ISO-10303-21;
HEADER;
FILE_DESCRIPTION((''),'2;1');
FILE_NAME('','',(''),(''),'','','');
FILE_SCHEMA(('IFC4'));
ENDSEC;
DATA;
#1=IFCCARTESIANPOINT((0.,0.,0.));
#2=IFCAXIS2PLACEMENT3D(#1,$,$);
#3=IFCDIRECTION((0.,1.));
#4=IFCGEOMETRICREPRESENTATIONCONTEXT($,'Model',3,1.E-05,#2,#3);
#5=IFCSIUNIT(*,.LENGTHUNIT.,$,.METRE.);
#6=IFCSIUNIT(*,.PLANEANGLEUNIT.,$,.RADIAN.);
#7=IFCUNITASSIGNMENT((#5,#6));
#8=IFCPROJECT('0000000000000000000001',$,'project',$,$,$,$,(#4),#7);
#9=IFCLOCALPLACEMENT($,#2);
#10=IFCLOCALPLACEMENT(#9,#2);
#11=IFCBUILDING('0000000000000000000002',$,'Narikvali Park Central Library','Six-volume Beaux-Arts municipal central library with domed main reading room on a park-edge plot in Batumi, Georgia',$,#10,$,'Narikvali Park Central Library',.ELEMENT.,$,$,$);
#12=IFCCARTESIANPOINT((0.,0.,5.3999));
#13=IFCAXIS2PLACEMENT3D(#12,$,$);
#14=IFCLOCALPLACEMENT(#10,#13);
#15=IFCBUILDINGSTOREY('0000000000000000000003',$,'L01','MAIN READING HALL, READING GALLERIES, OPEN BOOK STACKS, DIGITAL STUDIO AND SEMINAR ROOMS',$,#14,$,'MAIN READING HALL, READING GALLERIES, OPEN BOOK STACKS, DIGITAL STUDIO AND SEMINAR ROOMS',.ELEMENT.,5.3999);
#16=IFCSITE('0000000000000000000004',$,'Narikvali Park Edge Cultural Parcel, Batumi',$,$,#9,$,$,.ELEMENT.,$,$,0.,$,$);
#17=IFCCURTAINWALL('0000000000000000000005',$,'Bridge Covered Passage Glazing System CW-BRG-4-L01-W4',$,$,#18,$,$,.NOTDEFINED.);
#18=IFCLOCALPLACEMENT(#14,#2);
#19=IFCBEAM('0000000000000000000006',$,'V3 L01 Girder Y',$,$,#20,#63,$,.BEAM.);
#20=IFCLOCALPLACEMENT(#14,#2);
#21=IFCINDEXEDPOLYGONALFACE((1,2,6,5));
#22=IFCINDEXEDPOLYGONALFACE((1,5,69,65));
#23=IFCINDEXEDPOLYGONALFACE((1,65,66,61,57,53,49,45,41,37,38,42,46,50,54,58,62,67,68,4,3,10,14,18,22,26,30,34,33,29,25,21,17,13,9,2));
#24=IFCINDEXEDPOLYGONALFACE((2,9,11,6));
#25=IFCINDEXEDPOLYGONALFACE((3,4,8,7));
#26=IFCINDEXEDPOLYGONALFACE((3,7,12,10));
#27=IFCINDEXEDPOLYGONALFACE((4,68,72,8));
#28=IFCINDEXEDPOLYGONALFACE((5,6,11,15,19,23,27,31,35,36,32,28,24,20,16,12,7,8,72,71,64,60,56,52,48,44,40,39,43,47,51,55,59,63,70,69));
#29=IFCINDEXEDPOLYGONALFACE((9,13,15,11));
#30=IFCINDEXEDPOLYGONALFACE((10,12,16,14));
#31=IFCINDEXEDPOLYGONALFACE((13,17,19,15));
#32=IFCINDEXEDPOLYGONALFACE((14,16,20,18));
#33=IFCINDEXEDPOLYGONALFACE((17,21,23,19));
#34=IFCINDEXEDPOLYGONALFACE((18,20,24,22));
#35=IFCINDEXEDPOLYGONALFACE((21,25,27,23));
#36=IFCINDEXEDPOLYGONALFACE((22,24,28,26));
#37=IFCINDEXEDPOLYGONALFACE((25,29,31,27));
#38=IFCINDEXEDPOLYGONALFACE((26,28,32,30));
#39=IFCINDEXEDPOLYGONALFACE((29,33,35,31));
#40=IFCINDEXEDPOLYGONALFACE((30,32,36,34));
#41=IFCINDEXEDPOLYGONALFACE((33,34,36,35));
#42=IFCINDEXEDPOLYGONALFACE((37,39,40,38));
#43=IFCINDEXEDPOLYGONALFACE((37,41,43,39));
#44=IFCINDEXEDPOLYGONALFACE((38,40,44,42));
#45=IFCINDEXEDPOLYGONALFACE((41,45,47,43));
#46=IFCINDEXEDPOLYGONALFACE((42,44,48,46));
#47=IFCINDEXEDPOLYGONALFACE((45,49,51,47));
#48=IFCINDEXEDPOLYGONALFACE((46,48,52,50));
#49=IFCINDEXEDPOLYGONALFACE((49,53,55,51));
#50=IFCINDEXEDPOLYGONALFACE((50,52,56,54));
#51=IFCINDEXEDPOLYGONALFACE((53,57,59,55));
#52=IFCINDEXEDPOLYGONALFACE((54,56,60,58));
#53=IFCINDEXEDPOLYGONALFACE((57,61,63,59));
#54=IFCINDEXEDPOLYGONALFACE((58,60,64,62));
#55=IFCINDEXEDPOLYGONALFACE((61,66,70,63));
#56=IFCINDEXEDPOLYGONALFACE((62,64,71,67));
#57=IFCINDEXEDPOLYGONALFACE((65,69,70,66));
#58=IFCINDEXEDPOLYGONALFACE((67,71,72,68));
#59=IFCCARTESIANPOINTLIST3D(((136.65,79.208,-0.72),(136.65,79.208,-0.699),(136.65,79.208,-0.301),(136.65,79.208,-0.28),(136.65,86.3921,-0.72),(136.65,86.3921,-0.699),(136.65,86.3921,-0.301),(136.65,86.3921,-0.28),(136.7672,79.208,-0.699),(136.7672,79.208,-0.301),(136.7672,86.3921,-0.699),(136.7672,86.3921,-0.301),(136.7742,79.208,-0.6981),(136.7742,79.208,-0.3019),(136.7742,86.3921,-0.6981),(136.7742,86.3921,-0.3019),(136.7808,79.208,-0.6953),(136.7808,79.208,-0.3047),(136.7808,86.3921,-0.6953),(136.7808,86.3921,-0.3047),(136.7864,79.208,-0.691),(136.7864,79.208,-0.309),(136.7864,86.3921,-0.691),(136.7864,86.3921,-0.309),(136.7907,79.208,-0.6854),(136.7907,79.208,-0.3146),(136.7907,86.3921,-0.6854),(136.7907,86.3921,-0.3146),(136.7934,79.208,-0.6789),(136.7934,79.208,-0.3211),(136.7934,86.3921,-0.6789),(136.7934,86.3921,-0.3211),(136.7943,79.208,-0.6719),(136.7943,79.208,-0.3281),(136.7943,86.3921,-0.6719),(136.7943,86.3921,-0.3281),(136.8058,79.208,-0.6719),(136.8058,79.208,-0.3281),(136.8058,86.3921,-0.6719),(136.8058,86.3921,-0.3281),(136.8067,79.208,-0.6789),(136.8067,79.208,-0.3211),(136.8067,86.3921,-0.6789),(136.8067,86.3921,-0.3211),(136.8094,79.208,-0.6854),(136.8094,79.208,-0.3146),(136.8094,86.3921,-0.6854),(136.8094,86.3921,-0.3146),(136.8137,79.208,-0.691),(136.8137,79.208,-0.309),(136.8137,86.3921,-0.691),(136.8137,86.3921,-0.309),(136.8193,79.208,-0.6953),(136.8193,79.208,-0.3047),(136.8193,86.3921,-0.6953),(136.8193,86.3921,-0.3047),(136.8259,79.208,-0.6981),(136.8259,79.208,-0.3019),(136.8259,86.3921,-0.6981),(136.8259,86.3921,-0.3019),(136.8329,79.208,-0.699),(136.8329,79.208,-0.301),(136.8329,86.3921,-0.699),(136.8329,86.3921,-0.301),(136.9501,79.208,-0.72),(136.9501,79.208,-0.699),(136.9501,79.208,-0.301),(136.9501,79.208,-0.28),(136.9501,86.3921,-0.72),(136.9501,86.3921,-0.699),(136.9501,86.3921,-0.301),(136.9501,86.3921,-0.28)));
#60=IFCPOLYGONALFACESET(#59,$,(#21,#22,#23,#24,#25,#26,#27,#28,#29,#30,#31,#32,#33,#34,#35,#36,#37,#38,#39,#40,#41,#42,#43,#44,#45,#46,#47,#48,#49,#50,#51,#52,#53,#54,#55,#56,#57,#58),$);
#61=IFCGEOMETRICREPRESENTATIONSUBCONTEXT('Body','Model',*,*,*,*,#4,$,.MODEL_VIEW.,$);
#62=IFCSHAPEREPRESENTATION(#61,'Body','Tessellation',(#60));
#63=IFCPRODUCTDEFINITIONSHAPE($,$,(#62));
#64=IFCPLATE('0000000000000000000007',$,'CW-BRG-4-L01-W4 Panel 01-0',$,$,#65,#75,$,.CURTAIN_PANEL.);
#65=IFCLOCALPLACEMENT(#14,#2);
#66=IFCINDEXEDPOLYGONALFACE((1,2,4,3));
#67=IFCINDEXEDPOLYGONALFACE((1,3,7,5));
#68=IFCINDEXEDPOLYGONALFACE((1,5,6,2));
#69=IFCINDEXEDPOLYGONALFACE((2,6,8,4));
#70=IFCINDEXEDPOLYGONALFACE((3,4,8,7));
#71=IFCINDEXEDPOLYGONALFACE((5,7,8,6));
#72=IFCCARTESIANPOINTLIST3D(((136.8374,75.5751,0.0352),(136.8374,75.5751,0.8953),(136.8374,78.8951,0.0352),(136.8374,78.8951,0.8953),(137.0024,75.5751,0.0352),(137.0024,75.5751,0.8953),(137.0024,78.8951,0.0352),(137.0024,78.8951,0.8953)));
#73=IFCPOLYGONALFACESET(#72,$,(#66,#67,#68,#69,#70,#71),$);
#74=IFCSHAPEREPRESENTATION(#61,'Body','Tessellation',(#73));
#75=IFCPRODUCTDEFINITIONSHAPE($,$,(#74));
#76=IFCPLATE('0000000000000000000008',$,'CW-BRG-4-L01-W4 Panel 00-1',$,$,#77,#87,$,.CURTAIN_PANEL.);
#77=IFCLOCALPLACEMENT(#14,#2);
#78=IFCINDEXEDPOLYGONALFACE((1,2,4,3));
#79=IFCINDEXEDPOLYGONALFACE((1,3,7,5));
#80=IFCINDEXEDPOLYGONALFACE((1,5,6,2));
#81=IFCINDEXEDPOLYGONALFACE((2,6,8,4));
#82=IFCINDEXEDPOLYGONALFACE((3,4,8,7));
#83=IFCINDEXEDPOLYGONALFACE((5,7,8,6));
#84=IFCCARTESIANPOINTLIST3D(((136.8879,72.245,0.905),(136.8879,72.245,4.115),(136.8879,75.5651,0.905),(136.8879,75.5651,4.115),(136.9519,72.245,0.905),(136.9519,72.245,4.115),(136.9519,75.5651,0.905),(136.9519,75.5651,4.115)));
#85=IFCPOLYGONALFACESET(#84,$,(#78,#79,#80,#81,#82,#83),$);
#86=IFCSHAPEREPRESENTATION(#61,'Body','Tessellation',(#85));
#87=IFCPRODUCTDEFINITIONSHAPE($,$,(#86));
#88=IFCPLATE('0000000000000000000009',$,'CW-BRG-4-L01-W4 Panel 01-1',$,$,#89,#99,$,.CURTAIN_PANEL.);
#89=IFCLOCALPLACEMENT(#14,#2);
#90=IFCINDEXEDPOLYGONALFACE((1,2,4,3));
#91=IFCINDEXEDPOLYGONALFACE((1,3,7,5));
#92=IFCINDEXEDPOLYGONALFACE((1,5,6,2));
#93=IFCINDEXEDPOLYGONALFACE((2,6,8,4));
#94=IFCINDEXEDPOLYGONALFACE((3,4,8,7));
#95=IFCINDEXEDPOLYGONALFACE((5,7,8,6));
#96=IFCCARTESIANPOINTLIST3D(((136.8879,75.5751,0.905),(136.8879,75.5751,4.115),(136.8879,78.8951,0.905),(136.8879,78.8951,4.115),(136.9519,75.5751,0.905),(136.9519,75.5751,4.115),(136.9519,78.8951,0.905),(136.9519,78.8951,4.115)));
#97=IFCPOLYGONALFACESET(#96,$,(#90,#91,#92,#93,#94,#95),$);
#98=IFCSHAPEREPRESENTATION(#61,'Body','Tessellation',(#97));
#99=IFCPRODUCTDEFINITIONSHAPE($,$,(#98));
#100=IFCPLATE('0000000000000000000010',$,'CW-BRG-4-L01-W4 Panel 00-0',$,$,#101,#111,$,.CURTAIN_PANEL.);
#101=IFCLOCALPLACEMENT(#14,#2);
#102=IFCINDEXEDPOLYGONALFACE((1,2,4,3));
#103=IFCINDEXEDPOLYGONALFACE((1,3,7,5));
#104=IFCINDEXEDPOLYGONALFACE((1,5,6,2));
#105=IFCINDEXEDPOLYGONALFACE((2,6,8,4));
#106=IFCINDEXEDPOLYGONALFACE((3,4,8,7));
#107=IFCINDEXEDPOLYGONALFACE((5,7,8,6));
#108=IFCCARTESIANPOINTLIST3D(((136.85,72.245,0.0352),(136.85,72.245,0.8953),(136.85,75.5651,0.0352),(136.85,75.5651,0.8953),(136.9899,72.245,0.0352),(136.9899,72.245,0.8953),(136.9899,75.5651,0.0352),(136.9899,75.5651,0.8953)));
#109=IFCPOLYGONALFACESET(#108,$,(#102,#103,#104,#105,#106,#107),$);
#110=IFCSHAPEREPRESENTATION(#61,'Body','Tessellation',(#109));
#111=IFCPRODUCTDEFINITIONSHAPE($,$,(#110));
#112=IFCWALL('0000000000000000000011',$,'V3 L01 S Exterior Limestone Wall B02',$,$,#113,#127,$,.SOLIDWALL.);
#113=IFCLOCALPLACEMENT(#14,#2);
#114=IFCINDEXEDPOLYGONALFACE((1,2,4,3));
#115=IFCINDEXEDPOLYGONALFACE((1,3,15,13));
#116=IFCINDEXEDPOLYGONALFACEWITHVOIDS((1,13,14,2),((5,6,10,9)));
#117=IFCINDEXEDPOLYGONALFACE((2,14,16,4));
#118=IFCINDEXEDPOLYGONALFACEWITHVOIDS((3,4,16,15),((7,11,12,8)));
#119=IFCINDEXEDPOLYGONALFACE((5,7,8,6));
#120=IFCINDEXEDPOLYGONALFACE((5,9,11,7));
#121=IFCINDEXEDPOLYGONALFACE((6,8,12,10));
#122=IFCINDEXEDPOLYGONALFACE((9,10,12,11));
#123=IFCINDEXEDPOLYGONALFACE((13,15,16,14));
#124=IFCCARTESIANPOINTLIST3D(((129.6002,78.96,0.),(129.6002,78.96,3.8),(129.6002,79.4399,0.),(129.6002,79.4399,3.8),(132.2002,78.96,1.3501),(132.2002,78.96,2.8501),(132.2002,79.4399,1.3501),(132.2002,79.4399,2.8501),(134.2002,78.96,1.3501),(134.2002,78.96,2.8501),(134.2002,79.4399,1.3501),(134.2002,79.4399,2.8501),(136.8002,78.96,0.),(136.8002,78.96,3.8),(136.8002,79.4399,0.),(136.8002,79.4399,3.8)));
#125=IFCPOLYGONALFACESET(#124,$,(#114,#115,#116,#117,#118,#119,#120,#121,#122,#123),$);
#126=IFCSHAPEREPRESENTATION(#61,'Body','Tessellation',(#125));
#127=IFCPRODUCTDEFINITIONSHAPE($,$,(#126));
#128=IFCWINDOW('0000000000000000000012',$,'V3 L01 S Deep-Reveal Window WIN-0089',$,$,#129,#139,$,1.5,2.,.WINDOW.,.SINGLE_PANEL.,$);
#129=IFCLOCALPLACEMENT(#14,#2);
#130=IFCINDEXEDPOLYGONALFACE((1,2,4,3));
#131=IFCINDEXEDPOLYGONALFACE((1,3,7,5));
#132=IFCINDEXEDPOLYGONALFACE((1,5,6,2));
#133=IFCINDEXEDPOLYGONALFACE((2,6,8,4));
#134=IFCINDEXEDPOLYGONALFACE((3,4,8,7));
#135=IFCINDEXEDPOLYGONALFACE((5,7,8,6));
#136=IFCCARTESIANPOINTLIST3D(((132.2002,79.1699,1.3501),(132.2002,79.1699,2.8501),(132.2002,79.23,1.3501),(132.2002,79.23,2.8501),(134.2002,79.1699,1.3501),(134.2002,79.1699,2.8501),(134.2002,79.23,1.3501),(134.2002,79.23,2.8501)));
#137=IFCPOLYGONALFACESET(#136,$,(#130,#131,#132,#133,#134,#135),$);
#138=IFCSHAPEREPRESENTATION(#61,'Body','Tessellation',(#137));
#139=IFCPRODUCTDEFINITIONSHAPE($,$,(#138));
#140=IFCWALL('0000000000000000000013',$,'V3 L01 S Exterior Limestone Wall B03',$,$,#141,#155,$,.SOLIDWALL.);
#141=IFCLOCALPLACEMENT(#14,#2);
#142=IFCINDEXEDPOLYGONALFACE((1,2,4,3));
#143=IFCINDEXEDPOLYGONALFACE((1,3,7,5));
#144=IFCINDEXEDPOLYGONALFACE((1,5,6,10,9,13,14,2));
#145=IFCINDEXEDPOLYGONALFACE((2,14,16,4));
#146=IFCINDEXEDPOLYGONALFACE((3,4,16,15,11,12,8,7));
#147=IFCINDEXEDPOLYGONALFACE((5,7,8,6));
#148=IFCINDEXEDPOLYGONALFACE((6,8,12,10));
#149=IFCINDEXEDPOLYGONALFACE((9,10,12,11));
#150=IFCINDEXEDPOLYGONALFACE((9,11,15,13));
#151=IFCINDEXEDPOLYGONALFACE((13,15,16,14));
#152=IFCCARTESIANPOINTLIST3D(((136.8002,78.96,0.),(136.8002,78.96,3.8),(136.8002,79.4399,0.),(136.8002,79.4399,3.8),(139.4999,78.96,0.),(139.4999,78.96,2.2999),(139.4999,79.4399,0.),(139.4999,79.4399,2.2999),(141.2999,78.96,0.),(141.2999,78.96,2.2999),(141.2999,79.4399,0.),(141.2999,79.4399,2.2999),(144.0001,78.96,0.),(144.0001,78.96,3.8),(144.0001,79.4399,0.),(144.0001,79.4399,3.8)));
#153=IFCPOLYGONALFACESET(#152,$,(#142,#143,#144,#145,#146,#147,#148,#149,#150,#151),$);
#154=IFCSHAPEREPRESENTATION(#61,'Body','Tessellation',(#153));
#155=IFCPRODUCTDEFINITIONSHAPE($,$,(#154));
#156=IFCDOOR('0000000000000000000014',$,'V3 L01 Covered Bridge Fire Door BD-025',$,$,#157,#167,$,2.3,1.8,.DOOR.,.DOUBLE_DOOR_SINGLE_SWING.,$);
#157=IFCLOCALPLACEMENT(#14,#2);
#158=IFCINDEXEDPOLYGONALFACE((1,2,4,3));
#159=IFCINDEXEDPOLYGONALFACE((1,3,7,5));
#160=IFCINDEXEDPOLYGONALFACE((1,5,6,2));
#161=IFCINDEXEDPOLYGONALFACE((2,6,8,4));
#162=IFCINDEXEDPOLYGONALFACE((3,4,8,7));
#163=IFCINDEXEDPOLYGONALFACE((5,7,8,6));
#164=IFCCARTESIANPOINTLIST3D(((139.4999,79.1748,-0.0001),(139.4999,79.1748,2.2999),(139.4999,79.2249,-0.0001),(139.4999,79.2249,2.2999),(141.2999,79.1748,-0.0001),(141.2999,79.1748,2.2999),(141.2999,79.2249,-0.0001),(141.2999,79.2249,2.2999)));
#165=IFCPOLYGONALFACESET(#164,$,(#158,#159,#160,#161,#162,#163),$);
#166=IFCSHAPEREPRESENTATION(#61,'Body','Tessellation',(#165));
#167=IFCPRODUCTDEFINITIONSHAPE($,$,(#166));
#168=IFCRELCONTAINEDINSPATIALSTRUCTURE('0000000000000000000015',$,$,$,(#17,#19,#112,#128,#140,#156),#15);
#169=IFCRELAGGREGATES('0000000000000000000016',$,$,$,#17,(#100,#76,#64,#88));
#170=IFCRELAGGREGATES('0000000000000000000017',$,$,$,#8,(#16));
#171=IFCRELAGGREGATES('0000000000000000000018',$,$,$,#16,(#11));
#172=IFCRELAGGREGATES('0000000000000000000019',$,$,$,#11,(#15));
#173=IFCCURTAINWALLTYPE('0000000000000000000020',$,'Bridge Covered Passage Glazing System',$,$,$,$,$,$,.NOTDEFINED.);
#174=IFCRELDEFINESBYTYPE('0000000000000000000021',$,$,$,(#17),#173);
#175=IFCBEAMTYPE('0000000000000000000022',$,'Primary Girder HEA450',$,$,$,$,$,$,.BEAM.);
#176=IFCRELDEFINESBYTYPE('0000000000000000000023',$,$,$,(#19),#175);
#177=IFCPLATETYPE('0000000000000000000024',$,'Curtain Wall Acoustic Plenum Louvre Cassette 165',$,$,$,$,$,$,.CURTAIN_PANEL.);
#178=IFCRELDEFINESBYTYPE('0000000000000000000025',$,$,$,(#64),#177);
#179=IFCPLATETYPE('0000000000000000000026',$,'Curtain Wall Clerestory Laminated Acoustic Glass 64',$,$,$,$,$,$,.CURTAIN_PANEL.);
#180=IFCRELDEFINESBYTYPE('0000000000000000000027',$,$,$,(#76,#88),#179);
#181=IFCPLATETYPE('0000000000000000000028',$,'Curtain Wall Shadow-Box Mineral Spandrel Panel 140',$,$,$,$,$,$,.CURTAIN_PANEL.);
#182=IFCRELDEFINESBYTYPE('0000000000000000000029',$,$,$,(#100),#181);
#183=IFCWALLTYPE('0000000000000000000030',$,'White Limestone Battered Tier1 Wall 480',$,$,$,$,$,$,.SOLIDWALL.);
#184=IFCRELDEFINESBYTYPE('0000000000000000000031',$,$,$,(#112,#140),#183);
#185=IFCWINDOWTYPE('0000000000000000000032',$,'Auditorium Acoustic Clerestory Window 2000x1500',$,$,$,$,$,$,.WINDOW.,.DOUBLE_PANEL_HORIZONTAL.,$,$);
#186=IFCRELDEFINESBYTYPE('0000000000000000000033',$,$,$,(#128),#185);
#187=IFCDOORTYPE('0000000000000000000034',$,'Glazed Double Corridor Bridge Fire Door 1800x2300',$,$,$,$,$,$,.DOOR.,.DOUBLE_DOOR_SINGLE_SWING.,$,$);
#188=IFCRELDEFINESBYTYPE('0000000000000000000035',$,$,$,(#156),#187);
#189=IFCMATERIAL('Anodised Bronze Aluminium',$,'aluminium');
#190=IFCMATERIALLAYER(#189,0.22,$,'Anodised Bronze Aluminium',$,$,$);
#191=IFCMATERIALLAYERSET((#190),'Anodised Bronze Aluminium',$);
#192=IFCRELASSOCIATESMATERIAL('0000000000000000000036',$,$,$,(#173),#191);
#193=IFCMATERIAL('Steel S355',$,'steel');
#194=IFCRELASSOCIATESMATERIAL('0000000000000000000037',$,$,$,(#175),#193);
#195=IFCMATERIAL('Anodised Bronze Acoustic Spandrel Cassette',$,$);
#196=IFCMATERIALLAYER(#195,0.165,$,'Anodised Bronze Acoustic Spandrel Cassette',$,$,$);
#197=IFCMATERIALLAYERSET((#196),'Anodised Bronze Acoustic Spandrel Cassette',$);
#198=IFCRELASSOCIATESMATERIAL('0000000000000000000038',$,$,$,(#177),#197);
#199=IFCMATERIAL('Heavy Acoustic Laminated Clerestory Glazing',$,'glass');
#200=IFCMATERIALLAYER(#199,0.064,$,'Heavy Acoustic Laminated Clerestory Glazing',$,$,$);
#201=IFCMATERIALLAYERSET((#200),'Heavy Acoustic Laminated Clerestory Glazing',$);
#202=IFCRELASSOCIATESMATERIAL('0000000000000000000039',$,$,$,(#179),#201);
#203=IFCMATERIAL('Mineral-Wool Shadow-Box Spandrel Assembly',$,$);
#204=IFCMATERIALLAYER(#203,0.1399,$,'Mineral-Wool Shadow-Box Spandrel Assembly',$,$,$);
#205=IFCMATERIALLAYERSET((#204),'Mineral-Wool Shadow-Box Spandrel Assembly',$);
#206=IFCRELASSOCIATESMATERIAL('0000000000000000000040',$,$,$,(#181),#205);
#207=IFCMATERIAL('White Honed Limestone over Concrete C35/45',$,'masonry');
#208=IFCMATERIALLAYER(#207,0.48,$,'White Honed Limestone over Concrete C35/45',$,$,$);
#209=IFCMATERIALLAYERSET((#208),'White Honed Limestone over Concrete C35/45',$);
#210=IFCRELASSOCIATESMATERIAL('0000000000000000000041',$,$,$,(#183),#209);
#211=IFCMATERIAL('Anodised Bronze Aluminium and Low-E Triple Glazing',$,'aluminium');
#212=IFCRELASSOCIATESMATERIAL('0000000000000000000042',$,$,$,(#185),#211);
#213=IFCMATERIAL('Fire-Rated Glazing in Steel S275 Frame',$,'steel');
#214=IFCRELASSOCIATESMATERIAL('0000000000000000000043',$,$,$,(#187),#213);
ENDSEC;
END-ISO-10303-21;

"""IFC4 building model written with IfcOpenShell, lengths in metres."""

from ifc_helpers import new_model, si_unit, direction, frame, frame_2d, origin, origin_2d, place, context, subcontext, project, spatial, rectangle, i_section, extrude, material, layer, layer_set, material_profile, profile_set, type_object, element, fill, aggregate, save


model = new_model("IFC4")

# Units and contexts
model_context = context("Model", 3, precision=1e-05, world=origin(), true_north=direction((0.0, 1.0)))
body_context = subcontext(model_context, "Body", "Model", "MODEL_VIEW")
ifc_project = project(units=[si_unit("LENGTHUNIT", "METRE"), si_unit("PLANEANGLEUNIT", "RADIAN")], contexts=[model_context])

# Site, building, storey
site_placement = place(None, origin())
site = spatial("IfcSite", under=ifc_project, at=site_placement, Name="Narikvali Park Edge Cultural Parcel, Batumi", CompositionType="ELEMENT", RefElevation=0.0)
building_placement = place(site_placement, origin())
building = spatial("IfcBuilding", under=site, at=building_placement, Name="Narikvali Park Central Library", Description="Six-volume Beaux-Arts municipal central library with domed main reading room on a park-edge plot in Batumi, Georgia", LongName="Narikvali Park Central Library", CompositionType="ELEMENT")
storey_placement = place(building_placement, frame((0.0, 0.0, 5.3999)))
storey = spatial("IfcBuildingStorey", under=building, at=storey_placement, Name="L01", Description="MAIN READING HALL, READING GALLERIES, OPEN BOOK STACKS, DIGITAL STUDIO AND SEMINAR ROOMS", LongName="MAIN READING HALL, READING GALLERIES, OPEN BOOK STACKS, DIGITAL STUDIO AND SEMINAR ROOMS", CompositionType="ELEMENT", Elevation=5.3999)

# Shared definitions
ifc_material_1 = material(Name="Steel S355", Category="steel")

# Curtain wall
ifc_material_2 = material(Name="Anodised Bronze Aluminium", Category="aluminium")
ifc_layer_1 = layer(ifc_material_2, 0.22, Name="Anodised Bronze Aluminium")
ifc_layer_set_1 = layer_set([ifc_layer_1], Name="Anodised Bronze Aluminium")
curtain_wall_type = type_object("IfcCurtainWallType", Name="Bridge Covered Passage Glazing System", PredefinedType="NOTDEFINED", material=ifc_layer_set_1)
curtain_wall_placement = place(storey_placement, origin())
curtain_wall = element("IfcCurtainWall", 1, at=curtain_wall_placement, inside=storey, type_object=curtain_wall_type, Name="Bridge Covered Passage Glazing System CW-BRG-4-L01-W4", PredefinedType="NOTDEFINED")

# Beam
ifc_material_profile_1 = material_profile(ifc_material_1, i_section(OverallWidth=0.3, OverallDepth=0.4399, WebThickness=0.0115, FlangeThickness=0.021, FilletRadius=0.0271, at=origin_2d()), Name="HEA 450")
ifc_profile_set_1 = profile_set([ifc_material_profile_1], Name="Steel S355")
beam_type_1 = type_object("IfcBeamType", Name="Primary Girder HEA450", PredefinedType="BEAM", material=ifc_profile_set_1)
for number, where, z_axis, x_axis, name in (
    (2, (136.8, 79.208, -0.5), (0.0, 1.0, 0.0), (-1.0, 0.0, 0.0), "V3 L01 Girder Y"),
):
    element("IfcBeam", number, at=place(storey_placement, frame(where, z_axis=z_axis, x_axis=x_axis)), inside=storey, type_object=beam_type_1, Name=name, PredefinedType="BEAM", context=body_context, shape_type="SweptSolid", body=[
        extrude(i_section(OverallWidth=0.3, OverallDepth=0.4399, WebThickness=0.0115, FlangeThickness=0.021, FilletRadius=0.0271, at=origin_2d()), origin(), (0.0, 0.0, 1.0), 7.1841),
    ])

# Plates
ifc_material_3 = material(Name="Anodised Bronze Acoustic Spandrel Cassette")
ifc_layer_2 = layer(ifc_material_3, 0.165, Name="Anodised Bronze Acoustic Spandrel Cassette")
ifc_layer_set_2 = layer_set([ifc_layer_2], Name="Anodised Bronze Acoustic Spandrel Cassette")
plate_type_1 = type_object("IfcPlateType", Name="Curtain Wall Acoustic Plenum Louvre Cassette 165", PredefinedType="CURTAIN_PANEL", material=ifc_layer_set_2)
plate_1_placement = place(storey_placement, frame((136.9199, 77.2351, 0.0352), z_axis=(0.0, 0.0, 1.0), x_axis=(0.0, 1.0, 0.0)))
plate_1 = element("IfcPlate", 3, at=plate_1_placement, type_object=plate_type_1, Name="CW-BRG-4-L01-W4 Panel 01-0", PredefinedType="CURTAIN_PANEL", context=body_context, shape_type="SweptSolid", body=[
    extrude(rectangle(XDim=3.3201, YDim=0.165, at=origin_2d()), origin(), (0.0, 0.0, 1.0), 0.8601),
])
ifc_material_4 = material(Name="Heavy Acoustic Laminated Clerestory Glazing", Category="glass")
ifc_layer_3 = layer(ifc_material_4, 0.064, Name="Heavy Acoustic Laminated Clerestory Glazing")
ifc_layer_set_3 = layer_set([ifc_layer_3], Name="Heavy Acoustic Laminated Clerestory Glazing")
plate_type_2 = type_object("IfcPlateType", Name="Curtain Wall Clerestory Laminated Acoustic Glass 64", PredefinedType="CURTAIN_PANEL", material=ifc_layer_set_3)
plate_2_placement = place(storey_placement, frame((136.9199, 73.905, 0.905), z_axis=(0.0, 0.0, 1.0), x_axis=(0.0, 1.0, 0.0)))
plate_2 = element("IfcPlate", 4, at=plate_2_placement, type_object=plate_type_2, Name="CW-BRG-4-L01-W4 Panel 00-1", PredefinedType="CURTAIN_PANEL", context=body_context, shape_type="SweptSolid", body=[
    extrude(rectangle(XDim=3.3201, YDim=0.064, at=origin_2d()), origin(), (0.0, 0.0, 1.0), 3.21),
])
plate_3_placement = place(storey_placement, frame((136.9199, 77.2351, 0.905), z_axis=(0.0, 0.0, 1.0), x_axis=(0.0, 1.0, 0.0)))
plate_3 = element("IfcPlate", 5, at=plate_3_placement, type_object=plate_type_2, Name="CW-BRG-4-L01-W4 Panel 01-1", PredefinedType="CURTAIN_PANEL", context=body_context, shape_type="SweptSolid", body=[
    extrude(rectangle(XDim=3.3201, YDim=0.064, at=origin_2d()), origin(), (0.0, 0.0, 1.0), 3.21),
])
ifc_material_5 = material(Name="Mineral-Wool Shadow-Box Spandrel Assembly")
ifc_layer_4 = layer(ifc_material_5, 0.1399, Name="Mineral-Wool Shadow-Box Spandrel Assembly")
ifc_layer_set_4 = layer_set([ifc_layer_4], Name="Mineral-Wool Shadow-Box Spandrel Assembly")
plate_type_3 = type_object("IfcPlateType", Name="Curtain Wall Shadow-Box Mineral Spandrel Panel 140", PredefinedType="CURTAIN_PANEL", material=ifc_layer_set_4)
plate_4_placement = place(storey_placement, frame((136.9199, 73.905, 0.0352), z_axis=(0.0, 0.0, 1.0), x_axis=(0.0, 1.0, 0.0)))
plate_4 = element("IfcPlate", 6, at=plate_4_placement, type_object=plate_type_3, Name="CW-BRG-4-L01-W4 Panel 00-0", PredefinedType="CURTAIN_PANEL", context=body_context, shape_type="SweptSolid", body=[
    extrude(rectangle(XDim=3.3201, YDim=0.1399, at=origin_2d()), origin(), (0.0, 0.0, 1.0), 0.8601),
])
aggregate(curtain_wall, [plate_4, plate_2, plate_1, plate_3])

# Wall, opening, window
ifc_material_6 = material(Name="White Honed Limestone over Concrete C35/45", Category="masonry")
ifc_layer_5 = layer(ifc_material_6, 0.48, Name="White Honed Limestone over Concrete C35/45")
ifc_layer_set_5 = layer_set([ifc_layer_5], Name="White Honed Limestone over Concrete C35/45")
wall_type = type_object("IfcWallType", Name="White Limestone Battered Tier1 Wall 480", PredefinedType="SOLIDWALL", material=ifc_layer_set_5)
wall_1_placement = place(storey_placement, frame((129.6001, 79.2, 0.0), z_axis=(0.0, 0.0, 1.0), x_axis=(1.0, 0.0, 0.0)))
wall_1 = element("IfcWall", 7, at=wall_1_placement, inside=storey, type_object=wall_type, Name="V3 L01 S Exterior Limestone Wall B02", PredefinedType="SOLIDWALL", context=body_context, shape_type="SweptSolid", body=[
    extrude(rectangle(XDim=7.2, YDim=0.48, at=frame_2d((3.6001, 0.0))), origin(), (0.0, 0.0, 1.0), 3.8),
])
opening_1_placement = place(wall_1_placement, frame((2.6001, 0.0, 1.3501)))
opening_1 = element("IfcOpeningElement", 8, at=opening_1_placement, cuts=wall_1, PredefinedType="OPENING", context=body_context, shape_type="SweptSolid", body=[
    extrude(rectangle(XDim=2.0, YDim=1.5, at=frame_2d((1.0, 0.75))), frame((0.0, 0.252, 0.0), z_axis=(0.0, -1.0, 0.0), x_axis=(1.0, 0.0, 0.0)), (0.0, 0.0, 1.0), 0.5039),
])
ifc_material_7 = material(Name="Anodised Bronze Aluminium and Low-E Triple Glazing", Category="aluminium")
window_type = type_object("IfcWindowType", Name="Auditorium Acoustic Clerestory Window 2000x1500", PartitioningType="DOUBLE_PANEL_HORIZONTAL", PredefinedType="WINDOW", material=ifc_material_7)
window_placement = place(opening_1_placement, origin())
window = element("IfcWindow", 9, at=window_placement, inside=storey, type_object=window_type, Name="V3 L01 S Deep-Reveal Window WIN-0089", OverallHeight=1.5, OverallWidth=2.0, PartitioningType="SINGLE_PANEL", PredefinedType="WINDOW", context=body_context, shape_type="SweptSolid", body=[
    extrude(rectangle(XDim=2.0, YDim=1.5, at=frame_2d((1.0, 0.75))), frame((0.0, 0.03, 0.0), z_axis=(0.0, -1.0, 0.0), x_axis=(1.0, 0.0, 0.0)), (0.0, 0.0, 1.0), 0.0601),
])
fill(opening_1, window)

# Wall, opening, door
wall_2_placement = place(storey_placement, frame((136.8, 79.2, 0.0), z_axis=(0.0, 0.0, 1.0), x_axis=(1.0, 0.0, 0.0)))
wall_2 = element("IfcWall", 10, at=wall_2_placement, inside=storey, type_object=wall_type, Name="V3 L01 S Exterior Limestone Wall B03", PredefinedType="SOLIDWALL", context=body_context, shape_type="SweptSolid", body=[
    extrude(rectangle(XDim=7.2, YDim=0.48, at=frame_2d((3.6001, 0.0))), origin(), (0.0, 0.0, 1.0), 3.8),
])
opening_2_placement = place(wall_2_placement, frame((2.7, 0.0, 0.0)))
opening_2 = element("IfcOpeningElement", 11, at=opening_2_placement, cuts=wall_2, PredefinedType="OPENING", context=body_context, shape_type="SweptSolid", body=[
    extrude(rectangle(XDim=1.8, YDim=2.3, at=frame_2d((0.8999, 1.1499))), frame((0.0, 0.252, 0.0), z_axis=(0.0, -1.0, 0.0), x_axis=(1.0, 0.0, 0.0)), (0.0, 0.0, 1.0), 0.5039),
])
ifc_material_8 = material(Name="Fire-Rated Glazing in Steel S275 Frame", Category="steel")
door_type = type_object("IfcDoorType", Name="Glazed Double Corridor Bridge Fire Door 1800x2300", OperationType="DOUBLE_DOOR_SINGLE_SWING", PredefinedType="DOOR", material=ifc_material_8)
door_placement = place(opening_2_placement, origin())
door = element("IfcDoor", 12, at=door_placement, inside=storey, type_object=door_type, Name="V3 L01 Covered Bridge Fire Door BD-025", OperationType="DOUBLE_DOOR_SINGLE_SWING", OverallHeight=2.3, OverallWidth=1.8, PredefinedType="DOOR", context=body_context, shape_type="SweptSolid", body=[
    extrude(rectangle(XDim=1.8, YDim=2.3, at=frame_2d((0.8999, 1.1499))), frame((0.0, 0.0249, 0.0), z_axis=(0.0, -1.0, 0.0), x_axis=(1.0, 0.0, 0.0)), (0.0, 0.0, 1.0), 0.05),
])
fill(opening_2, door)

save(model, "model.ifc")
